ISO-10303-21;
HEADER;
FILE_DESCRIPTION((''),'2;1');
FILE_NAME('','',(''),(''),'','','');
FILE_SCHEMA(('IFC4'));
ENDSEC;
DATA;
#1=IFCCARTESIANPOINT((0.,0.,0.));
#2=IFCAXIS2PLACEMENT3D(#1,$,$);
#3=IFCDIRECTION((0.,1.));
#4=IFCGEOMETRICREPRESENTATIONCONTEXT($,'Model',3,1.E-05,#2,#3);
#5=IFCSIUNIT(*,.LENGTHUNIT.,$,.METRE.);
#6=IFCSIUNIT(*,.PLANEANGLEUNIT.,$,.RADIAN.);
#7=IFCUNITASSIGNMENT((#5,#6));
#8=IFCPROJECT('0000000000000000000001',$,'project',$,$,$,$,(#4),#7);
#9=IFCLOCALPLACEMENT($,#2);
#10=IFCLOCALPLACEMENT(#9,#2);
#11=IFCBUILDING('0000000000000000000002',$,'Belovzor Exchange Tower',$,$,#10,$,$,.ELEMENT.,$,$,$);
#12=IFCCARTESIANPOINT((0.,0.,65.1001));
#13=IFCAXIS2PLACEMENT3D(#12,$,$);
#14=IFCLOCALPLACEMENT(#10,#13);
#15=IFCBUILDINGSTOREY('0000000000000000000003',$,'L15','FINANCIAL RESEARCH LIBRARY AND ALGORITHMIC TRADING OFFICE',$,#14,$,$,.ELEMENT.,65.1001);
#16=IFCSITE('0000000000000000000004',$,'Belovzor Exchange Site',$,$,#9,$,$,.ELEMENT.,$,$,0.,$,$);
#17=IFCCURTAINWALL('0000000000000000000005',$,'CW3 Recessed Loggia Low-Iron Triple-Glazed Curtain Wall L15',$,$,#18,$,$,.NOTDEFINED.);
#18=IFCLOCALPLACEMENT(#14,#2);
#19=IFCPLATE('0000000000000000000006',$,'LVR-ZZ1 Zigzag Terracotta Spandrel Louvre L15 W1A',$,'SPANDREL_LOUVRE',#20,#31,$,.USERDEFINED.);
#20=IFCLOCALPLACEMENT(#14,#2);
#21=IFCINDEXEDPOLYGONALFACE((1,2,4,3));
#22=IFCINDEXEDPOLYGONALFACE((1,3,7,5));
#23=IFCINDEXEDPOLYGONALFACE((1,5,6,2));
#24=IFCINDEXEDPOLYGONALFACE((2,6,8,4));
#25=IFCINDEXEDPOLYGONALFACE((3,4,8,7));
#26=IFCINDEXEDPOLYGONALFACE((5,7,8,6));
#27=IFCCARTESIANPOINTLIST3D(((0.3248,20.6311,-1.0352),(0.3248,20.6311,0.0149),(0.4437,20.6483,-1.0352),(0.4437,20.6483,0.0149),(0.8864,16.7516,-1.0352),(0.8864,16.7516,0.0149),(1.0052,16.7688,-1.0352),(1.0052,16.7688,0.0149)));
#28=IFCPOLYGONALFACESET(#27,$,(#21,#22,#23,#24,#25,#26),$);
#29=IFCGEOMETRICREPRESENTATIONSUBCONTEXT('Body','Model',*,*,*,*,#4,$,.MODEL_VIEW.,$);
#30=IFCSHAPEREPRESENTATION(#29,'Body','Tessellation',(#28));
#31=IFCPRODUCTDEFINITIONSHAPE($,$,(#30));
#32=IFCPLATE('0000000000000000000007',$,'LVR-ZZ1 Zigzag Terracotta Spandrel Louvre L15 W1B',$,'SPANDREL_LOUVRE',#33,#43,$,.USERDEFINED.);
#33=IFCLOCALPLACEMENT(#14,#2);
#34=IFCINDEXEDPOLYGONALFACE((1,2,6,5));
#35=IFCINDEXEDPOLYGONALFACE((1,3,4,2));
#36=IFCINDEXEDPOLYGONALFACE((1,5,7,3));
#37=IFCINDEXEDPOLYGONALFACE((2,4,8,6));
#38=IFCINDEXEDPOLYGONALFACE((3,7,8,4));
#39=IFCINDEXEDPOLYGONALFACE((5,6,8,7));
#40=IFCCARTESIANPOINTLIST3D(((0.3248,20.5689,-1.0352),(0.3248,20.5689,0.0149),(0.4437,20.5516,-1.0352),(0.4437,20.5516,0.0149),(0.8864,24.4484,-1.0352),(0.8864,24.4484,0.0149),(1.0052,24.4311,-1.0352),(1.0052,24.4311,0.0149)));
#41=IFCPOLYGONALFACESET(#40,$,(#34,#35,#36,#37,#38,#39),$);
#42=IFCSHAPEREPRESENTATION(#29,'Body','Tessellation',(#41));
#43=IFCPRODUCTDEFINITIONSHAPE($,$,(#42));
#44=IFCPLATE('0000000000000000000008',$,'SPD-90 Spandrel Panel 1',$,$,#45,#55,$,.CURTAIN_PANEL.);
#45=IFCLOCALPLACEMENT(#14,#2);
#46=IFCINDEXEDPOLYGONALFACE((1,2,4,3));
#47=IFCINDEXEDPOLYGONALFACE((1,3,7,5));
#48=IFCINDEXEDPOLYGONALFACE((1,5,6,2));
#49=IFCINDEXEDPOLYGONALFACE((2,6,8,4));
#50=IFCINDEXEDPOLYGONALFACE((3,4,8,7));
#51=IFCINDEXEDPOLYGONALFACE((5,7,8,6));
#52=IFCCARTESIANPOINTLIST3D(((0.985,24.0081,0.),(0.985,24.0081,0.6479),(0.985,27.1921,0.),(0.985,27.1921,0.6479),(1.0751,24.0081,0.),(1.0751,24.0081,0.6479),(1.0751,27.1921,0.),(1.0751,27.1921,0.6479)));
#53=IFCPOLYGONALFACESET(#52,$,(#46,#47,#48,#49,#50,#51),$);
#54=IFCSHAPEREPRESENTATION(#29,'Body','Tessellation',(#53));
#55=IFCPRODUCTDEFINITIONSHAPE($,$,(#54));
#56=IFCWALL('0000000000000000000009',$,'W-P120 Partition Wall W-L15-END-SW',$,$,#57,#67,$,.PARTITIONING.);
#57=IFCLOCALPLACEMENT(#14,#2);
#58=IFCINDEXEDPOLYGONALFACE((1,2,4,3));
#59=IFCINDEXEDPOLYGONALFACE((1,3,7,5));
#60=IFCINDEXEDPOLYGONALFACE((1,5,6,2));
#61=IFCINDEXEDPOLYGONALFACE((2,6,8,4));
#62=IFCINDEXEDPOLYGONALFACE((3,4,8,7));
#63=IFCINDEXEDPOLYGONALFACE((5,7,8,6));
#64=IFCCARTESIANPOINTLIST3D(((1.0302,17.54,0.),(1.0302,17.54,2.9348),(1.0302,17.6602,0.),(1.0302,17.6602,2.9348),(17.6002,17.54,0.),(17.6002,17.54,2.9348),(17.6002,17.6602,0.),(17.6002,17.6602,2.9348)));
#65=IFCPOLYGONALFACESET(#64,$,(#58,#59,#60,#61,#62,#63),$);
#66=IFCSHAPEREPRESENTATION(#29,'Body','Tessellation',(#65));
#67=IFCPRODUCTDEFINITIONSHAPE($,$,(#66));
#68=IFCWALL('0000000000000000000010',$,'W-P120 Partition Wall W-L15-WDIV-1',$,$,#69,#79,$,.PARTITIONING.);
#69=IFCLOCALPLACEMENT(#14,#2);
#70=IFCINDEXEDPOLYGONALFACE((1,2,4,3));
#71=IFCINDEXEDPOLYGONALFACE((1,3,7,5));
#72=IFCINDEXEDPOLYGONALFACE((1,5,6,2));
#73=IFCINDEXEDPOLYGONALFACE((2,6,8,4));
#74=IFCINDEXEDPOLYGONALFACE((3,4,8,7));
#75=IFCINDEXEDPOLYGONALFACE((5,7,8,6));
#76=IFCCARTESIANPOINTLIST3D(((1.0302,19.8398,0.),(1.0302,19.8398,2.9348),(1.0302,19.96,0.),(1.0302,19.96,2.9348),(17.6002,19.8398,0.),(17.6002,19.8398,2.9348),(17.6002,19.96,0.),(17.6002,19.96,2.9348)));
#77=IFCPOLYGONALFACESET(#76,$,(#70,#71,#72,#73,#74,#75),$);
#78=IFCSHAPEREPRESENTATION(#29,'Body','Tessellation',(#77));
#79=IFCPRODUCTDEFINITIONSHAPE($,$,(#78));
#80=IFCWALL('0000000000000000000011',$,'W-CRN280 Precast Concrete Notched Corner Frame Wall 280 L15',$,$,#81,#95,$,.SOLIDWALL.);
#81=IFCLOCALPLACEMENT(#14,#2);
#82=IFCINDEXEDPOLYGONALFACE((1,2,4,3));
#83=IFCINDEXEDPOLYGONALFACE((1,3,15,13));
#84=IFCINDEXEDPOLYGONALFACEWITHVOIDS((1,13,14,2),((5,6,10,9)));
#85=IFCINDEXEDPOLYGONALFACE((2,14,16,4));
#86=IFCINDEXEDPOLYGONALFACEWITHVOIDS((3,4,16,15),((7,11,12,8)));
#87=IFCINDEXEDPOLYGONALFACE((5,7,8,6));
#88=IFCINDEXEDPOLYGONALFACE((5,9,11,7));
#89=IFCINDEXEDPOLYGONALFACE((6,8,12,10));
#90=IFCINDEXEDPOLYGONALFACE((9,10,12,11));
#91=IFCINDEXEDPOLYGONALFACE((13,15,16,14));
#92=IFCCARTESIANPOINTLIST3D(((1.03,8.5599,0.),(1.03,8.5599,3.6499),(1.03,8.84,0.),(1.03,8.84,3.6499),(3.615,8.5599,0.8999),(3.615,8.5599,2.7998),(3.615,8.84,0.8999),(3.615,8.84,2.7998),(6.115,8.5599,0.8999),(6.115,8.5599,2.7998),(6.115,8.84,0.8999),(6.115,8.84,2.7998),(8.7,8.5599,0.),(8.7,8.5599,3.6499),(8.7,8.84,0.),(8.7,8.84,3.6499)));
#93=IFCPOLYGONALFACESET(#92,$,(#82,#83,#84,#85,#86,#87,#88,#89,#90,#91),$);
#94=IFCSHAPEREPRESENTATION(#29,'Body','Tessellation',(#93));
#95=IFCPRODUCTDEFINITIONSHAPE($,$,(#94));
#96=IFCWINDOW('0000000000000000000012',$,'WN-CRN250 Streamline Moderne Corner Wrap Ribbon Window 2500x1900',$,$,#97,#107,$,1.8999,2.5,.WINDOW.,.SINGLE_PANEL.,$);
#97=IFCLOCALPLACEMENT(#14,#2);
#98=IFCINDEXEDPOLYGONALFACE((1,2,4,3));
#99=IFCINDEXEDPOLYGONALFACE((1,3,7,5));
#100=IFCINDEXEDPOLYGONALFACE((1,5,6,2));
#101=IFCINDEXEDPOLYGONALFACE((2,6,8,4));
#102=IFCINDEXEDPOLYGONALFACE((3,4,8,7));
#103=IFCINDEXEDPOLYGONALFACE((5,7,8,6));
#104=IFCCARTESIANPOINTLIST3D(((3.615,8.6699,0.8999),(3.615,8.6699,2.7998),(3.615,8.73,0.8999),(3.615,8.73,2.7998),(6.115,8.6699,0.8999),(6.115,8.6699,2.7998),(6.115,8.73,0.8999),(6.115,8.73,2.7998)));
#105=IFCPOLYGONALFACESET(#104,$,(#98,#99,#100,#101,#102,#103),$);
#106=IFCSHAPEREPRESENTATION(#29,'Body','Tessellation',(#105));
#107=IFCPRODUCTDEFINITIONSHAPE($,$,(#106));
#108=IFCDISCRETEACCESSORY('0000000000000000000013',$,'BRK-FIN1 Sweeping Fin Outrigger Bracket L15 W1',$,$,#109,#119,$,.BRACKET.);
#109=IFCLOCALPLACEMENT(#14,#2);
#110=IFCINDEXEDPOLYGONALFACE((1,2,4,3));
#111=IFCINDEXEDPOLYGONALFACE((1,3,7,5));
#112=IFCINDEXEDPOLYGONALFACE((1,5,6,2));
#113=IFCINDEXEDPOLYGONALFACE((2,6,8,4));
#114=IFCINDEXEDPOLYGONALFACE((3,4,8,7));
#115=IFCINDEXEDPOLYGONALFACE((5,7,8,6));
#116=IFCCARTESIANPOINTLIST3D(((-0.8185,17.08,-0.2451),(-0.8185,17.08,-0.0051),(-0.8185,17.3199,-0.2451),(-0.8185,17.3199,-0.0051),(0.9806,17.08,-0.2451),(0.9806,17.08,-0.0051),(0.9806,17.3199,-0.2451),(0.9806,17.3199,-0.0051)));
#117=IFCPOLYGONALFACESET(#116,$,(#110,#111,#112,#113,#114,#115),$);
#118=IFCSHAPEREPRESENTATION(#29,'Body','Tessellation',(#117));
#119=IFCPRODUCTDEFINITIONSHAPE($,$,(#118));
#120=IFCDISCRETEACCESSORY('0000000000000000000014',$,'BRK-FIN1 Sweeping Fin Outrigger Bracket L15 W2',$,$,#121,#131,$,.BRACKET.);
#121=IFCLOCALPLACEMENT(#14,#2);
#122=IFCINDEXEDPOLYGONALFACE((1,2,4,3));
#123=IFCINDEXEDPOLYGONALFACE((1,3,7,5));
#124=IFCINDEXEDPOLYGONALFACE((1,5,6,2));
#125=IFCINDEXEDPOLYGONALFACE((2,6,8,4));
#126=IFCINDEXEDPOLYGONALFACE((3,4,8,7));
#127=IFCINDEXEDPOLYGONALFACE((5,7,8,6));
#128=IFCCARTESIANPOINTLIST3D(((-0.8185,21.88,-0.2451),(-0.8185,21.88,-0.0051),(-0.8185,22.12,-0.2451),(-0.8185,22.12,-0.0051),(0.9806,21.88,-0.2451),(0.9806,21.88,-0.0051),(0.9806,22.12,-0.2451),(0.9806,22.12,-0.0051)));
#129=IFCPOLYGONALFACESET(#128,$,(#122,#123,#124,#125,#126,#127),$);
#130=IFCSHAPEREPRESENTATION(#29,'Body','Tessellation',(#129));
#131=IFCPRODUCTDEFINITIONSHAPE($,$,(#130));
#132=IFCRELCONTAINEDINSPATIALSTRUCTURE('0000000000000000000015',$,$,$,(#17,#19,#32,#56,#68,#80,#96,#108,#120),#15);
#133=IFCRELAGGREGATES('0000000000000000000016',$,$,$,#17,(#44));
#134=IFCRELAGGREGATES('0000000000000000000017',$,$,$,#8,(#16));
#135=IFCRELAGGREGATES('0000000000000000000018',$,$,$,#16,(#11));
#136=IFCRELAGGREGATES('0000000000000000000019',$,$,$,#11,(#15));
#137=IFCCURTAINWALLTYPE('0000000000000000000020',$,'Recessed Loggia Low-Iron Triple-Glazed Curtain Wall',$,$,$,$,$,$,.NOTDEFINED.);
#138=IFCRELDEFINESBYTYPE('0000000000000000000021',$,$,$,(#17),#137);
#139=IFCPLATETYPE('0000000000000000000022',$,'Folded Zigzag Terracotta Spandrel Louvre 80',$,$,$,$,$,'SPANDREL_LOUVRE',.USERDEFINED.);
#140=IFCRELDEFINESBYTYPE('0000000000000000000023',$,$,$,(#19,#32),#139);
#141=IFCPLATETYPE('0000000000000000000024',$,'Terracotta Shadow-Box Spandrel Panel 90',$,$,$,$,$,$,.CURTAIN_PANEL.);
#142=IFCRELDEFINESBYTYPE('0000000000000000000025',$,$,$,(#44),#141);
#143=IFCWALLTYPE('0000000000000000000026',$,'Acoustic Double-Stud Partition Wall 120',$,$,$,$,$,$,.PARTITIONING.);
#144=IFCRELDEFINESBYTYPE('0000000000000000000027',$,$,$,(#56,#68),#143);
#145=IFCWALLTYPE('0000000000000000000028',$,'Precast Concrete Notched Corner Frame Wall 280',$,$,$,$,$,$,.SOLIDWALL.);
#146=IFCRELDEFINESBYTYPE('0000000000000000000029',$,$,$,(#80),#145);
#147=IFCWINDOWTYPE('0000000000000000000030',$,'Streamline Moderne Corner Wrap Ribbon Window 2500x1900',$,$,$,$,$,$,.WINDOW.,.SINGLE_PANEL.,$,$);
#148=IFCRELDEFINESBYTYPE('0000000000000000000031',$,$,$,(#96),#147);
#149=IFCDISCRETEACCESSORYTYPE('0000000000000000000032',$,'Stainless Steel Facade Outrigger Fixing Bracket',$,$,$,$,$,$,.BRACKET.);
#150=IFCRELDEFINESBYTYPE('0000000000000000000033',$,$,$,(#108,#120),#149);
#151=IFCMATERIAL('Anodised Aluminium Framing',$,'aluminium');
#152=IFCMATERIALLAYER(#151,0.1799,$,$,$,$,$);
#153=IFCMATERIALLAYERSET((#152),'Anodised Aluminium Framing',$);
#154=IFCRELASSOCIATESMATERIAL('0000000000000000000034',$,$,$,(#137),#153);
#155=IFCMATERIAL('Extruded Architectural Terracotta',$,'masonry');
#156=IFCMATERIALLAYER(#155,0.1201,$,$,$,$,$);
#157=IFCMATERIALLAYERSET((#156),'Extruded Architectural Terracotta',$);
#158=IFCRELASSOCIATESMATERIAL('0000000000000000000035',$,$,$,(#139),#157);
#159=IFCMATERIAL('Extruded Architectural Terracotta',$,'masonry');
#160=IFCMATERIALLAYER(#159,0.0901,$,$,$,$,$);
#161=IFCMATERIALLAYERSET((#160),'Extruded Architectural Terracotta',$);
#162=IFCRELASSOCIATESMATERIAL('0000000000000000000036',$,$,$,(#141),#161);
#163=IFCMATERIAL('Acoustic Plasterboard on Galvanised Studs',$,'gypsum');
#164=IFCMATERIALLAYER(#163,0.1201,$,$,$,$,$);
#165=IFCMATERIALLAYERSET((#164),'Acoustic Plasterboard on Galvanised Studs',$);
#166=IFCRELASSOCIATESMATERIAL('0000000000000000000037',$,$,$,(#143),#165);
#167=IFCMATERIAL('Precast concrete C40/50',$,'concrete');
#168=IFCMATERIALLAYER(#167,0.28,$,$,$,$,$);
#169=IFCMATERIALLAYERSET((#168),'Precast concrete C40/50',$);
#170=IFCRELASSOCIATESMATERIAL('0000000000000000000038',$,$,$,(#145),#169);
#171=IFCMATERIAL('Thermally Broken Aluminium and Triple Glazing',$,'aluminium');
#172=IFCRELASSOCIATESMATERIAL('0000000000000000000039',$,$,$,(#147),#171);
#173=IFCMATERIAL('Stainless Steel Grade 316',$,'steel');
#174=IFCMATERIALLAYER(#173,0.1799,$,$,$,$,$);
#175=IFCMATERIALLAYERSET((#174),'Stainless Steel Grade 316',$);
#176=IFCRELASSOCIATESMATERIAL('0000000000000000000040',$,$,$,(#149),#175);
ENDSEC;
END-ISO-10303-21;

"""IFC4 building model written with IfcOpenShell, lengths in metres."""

from ifc_helpers import new_model, si_unit, direction, frame, frame_2d, origin, origin_2d, place, context, subcontext, project, spatial, rectangle, extrude, material, layer, layer_set, type_object, element, fill, aggregate, save


model = new_model("IFC4")

# Units and contexts
model_context = context("Model", 3, precision=1e-05, world=origin(), true_north=direction((0.0, 1.0)))
body_context = subcontext(model_context, "Body", "Model", "MODEL_VIEW")
ifc_project = project(units=[si_unit("LENGTHUNIT", "METRE"), si_unit("PLANEANGLEUNIT", "RADIAN")], contexts=[model_context])

# Site, building, storey
site_placement = place(None, origin())
site = spatial("IfcSite", under=ifc_project, at=site_placement, Name="Belovzor Exchange Site", CompositionType="ELEMENT", RefElevation=0.0)
building_placement = place(site_placement, origin())
building = spatial("IfcBuilding", under=site, at=building_placement, Name="Belovzor Exchange Tower", CompositionType="ELEMENT")
storey_placement = place(building_placement, frame((0.0, 0.0, 65.1001)))
storey = spatial("IfcBuildingStorey", under=building, at=storey_placement, Name="L15", Description="FINANCIAL RESEARCH LIBRARY AND ALGORITHMIC TRADING OFFICE", CompositionType="ELEMENT", Elevation=65.1001)

# Curtain wall
ifc_material_1 = material(Name="Anodised Aluminium Framing", Category="aluminium")
ifc_layer_1 = layer(ifc_material_1, 0.1799)
ifc_layer_set_1 = layer_set([ifc_layer_1], Name="Anodised Aluminium Framing")
curtain_wall_type = type_object("IfcCurtainWallType", Name="Recessed Loggia Low-Iron Triple-Glazed Curtain Wall", PredefinedType="NOTDEFINED", material=ifc_layer_set_1)
curtain_wall_placement = place(storey_placement, origin())
curtain_wall = element("IfcCurtainWall", 1, at=curtain_wall_placement, inside=storey, type_object=curtain_wall_type, Name="CW3 Recessed Loggia Low-Iron Triple-Glazed Curtain Wall L15", PredefinedType="NOTDEFINED")

# Plates
ifc_material_2 = material(Name="Extruded Architectural Terracotta", Category="masonry")
ifc_layer_2 = layer(ifc_material_2, 0.1201)
ifc_layer_set_2 = layer_set([ifc_layer_2], Name="Extruded Architectural Terracotta")
plate_type_1 = type_object("IfcPlateType", Name="Folded Zigzag Terracotta Spandrel Louvre 80", ElementType="SPANDREL_LOUVRE", PredefinedType="USERDEFINED", material=ifc_layer_set_2)
for number, where, z_axis, x_axis, name in (
    (2, (0.665, 18.7, -1.0352), (0.0, 0.0, 1.0), (-0.143251, 0.989686, 0.0), "LVR-ZZ1 Zigzag Terracotta Spandrel Louvre L15 W1A"),
    (3, (0.665, 22.5, -1.0352), (0.0, 0.0, 1.0), (0.143251, 0.989686, 0.0), "LVR-ZZ1 Zigzag Terracotta Spandrel Louvre L15 W1B"),
):
    element("IfcPlate", number, at=place(storey_placement, frame(where, z_axis=z_axis, x_axis=x_axis)), inside=storey, type_object=plate_type_1, Name=name, ObjectType="SPANDREL_LOUVRE", PredefinedType="USERDEFINED", context=body_context, shape_type="SweptSolid", body=[
        extrude(rectangle(XDim=3.9199, YDim=0.1201, at=origin_2d()), origin(), (0.0, 0.0, 1.0), 1.05),
    ])

# Plate
ifc_material_3 = material(Name="Extruded Architectural Terracotta", Category="masonry")
ifc_layer_3 = layer(ifc_material_3, 0.0901)
ifc_layer_set_3 = layer_set([ifc_layer_3], Name="Extruded Architectural Terracotta")
plate_type_2 = type_object("IfcPlateType", Name="Terracotta Shadow-Box Spandrel Panel 90", PredefinedType="CURTAIN_PANEL", material=ifc_layer_set_3)
plate_placement = place(storey_placement, frame((1.03, 25.6001, 0.0), z_axis=(0.0, 0.0, 1.0), x_axis=(0.0, 1.0, 0.0)))
plate = element("IfcPlate", 4, at=plate_placement, type_object=plate_type_2, Name="SPD-90 Spandrel Panel 1", PredefinedType="CURTAIN_PANEL", context=body_context, shape_type="SweptSolid", body=[
    extrude(rectangle(XDim=3.1841, YDim=0.0901, at=origin_2d()), origin(), (0.0, 0.0, 1.0), 0.6479),
])
aggregate(curtain_wall, [plate])

# Walls
ifc_material_4 = material(Name="Acoustic Plasterboard on Galvanised Studs", Category="gypsum")
ifc_layer_4 = layer(ifc_material_4, 0.1201)
ifc_layer_set_4 = layer_set([ifc_layer_4], Name="Acoustic Plasterboard on Galvanised Studs")
wall_type_1 = type_object("IfcWallType", Name="Acoustic Double-Stud Partition Wall 120", PredefinedType="PARTITIONING", material=ifc_layer_set_4)
for number, where, z_axis, x_axis, name in (
    (5, (1.03, 17.6001, 0.0), (0.0, 0.0, 1.0), (1.0, 0.0, 0.0), "W-P120 Partition Wall W-L15-END-SW"),
    (6, (1.03, 19.8999, 0.0), (0.0, 0.0, 1.0), (1.0, 0.0, 0.0), "W-P120 Partition Wall W-L15-WDIV-1"),
):
    element("IfcWall", number, at=place(storey_placement, frame(where, z_axis=z_axis, x_axis=x_axis)), inside=storey, type_object=wall_type_1, Name=name, PredefinedType="PARTITIONING", context=body_context, shape_type="SweptSolid", body=[
        extrude(rectangle(XDim=16.5701, YDim=0.1201, at=frame_2d((8.2852, 0.0))), origin(), (0.0, 0.0, 1.0), 2.9348),
    ])

# Wall, opening, window
ifc_material_5 = material(Name="Precast concrete C40/50", Category="concrete")
ifc_layer_5 = layer(ifc_material_5, 0.28)
ifc_layer_set_5 = layer_set([ifc_layer_5], Name="Precast concrete C40/50")
wall_type_2 = type_object("IfcWallType", Name="Precast Concrete Notched Corner Frame Wall 280", PredefinedType="SOLIDWALL", material=ifc_layer_set_5)
wall_placement = place(storey_placement, frame((8.7, 8.7, 0.0), z_axis=(0.0, 0.0, 1.0), x_axis=(-1.0, 0.0, 0.0)))
wall = element("IfcWall", 7, at=wall_placement, inside=storey, type_object=wall_type_2, Name="W-CRN280 Precast Concrete Notched Corner Frame Wall 280 L15", PredefinedType="SOLIDWALL", context=body_context, shape_type="SweptSolid", body=[
    extrude(rectangle(XDim=7.6699, YDim=0.28, at=frame_2d((3.835, 0.0))), origin(), (0.0, 0.0, 1.0), 3.6499),
])
opening_placement = place(wall_placement, frame((2.585, 0.0, 0.8999)))
opening = element("IfcOpeningElement", 8, at=opening_placement, cuts=wall, PredefinedType="OPENING", context=body_context, shape_type="SweptSolid", body=[
    extrude(rectangle(XDim=2.5, YDim=1.8999, at=frame_2d((1.25, 0.95))), frame((0.0, 0.1499, 0.0), z_axis=(0.0, -1.0, 0.0), x_axis=(1.0, 0.0, 0.0)), (0.0, 0.0, 1.0), 0.3),
])
ifc_material_6 = material(Name="Thermally Broken Aluminium and Triple Glazing", Category="aluminium")
window_type = type_object("IfcWindowType", Name="Streamline Moderne Corner Wrap Ribbon Window 2500x1900", PartitioningType="SINGLE_PANEL", PredefinedType="WINDOW", material=ifc_material_6)
window_placement = place(opening_placement, origin())
window = element("IfcWindow", 9, at=window_placement, inside=storey, type_object=window_type, Name="WN-CRN250 Streamline Moderne Corner Wrap Ribbon Window 2500x1900", OverallHeight=1.8999, OverallWidth=2.5, PartitioningType="SINGLE_PANEL", PredefinedType="WINDOW", context=body_context, shape_type="SweptSolid", body=[
    extrude(rectangle(XDim=2.5, YDim=1.8999, at=frame_2d((1.25, 0.95))), frame((0.0, 0.03, 0.0), z_axis=(0.0, -1.0, 0.0), x_axis=(1.0, 0.0, 0.0)), (0.0, 0.0, 1.0), 0.0601),
])
fill(opening, window)

# Discrete accessories
ifc_material_7 = material(Name="Stainless Steel Grade 316", Category="steel")
ifc_layer_6 = layer(ifc_material_7, 0.1799)
ifc_layer_set_6 = layer_set([ifc_layer_6], Name="Stainless Steel Grade 316")
discrete_accessory_type = type_object("IfcDiscreteAccessoryType", Name="Stainless Steel Facade Outrigger Fixing Bracket", PredefinedType="BRACKET", material=ifc_layer_set_6)
for number, where, z_axis, x_axis, name in (
    (10, (0.0811, 17.2, -0.2451), (0.0, 0.0, 1.0), (1.0, 0.0, 0.0), "BRK-FIN1 Sweeping Fin Outrigger Bracket L15 W1"),
    (11, (0.0811, 22.0, -0.2451), (0.0, 0.0, 1.0), (1.0, 0.0, 0.0), "BRK-FIN1 Sweeping Fin Outrigger Bracket L15 W2"),
):
    element("IfcDiscreteAccessory", number, at=place(storey_placement, frame(where, z_axis=z_axis, x_axis=x_axis)), inside=storey, type_object=discrete_accessory_type, Name=name, PredefinedType="BRACKET", context=body_context, shape_type="SweptSolid", body=[
        extrude(rectangle(XDim=1.7991, YDim=0.24, at=origin_2d()), origin(), (0.0, 0.0, 1.0), 0.24),
    ])

save(model, "model.ifc")
